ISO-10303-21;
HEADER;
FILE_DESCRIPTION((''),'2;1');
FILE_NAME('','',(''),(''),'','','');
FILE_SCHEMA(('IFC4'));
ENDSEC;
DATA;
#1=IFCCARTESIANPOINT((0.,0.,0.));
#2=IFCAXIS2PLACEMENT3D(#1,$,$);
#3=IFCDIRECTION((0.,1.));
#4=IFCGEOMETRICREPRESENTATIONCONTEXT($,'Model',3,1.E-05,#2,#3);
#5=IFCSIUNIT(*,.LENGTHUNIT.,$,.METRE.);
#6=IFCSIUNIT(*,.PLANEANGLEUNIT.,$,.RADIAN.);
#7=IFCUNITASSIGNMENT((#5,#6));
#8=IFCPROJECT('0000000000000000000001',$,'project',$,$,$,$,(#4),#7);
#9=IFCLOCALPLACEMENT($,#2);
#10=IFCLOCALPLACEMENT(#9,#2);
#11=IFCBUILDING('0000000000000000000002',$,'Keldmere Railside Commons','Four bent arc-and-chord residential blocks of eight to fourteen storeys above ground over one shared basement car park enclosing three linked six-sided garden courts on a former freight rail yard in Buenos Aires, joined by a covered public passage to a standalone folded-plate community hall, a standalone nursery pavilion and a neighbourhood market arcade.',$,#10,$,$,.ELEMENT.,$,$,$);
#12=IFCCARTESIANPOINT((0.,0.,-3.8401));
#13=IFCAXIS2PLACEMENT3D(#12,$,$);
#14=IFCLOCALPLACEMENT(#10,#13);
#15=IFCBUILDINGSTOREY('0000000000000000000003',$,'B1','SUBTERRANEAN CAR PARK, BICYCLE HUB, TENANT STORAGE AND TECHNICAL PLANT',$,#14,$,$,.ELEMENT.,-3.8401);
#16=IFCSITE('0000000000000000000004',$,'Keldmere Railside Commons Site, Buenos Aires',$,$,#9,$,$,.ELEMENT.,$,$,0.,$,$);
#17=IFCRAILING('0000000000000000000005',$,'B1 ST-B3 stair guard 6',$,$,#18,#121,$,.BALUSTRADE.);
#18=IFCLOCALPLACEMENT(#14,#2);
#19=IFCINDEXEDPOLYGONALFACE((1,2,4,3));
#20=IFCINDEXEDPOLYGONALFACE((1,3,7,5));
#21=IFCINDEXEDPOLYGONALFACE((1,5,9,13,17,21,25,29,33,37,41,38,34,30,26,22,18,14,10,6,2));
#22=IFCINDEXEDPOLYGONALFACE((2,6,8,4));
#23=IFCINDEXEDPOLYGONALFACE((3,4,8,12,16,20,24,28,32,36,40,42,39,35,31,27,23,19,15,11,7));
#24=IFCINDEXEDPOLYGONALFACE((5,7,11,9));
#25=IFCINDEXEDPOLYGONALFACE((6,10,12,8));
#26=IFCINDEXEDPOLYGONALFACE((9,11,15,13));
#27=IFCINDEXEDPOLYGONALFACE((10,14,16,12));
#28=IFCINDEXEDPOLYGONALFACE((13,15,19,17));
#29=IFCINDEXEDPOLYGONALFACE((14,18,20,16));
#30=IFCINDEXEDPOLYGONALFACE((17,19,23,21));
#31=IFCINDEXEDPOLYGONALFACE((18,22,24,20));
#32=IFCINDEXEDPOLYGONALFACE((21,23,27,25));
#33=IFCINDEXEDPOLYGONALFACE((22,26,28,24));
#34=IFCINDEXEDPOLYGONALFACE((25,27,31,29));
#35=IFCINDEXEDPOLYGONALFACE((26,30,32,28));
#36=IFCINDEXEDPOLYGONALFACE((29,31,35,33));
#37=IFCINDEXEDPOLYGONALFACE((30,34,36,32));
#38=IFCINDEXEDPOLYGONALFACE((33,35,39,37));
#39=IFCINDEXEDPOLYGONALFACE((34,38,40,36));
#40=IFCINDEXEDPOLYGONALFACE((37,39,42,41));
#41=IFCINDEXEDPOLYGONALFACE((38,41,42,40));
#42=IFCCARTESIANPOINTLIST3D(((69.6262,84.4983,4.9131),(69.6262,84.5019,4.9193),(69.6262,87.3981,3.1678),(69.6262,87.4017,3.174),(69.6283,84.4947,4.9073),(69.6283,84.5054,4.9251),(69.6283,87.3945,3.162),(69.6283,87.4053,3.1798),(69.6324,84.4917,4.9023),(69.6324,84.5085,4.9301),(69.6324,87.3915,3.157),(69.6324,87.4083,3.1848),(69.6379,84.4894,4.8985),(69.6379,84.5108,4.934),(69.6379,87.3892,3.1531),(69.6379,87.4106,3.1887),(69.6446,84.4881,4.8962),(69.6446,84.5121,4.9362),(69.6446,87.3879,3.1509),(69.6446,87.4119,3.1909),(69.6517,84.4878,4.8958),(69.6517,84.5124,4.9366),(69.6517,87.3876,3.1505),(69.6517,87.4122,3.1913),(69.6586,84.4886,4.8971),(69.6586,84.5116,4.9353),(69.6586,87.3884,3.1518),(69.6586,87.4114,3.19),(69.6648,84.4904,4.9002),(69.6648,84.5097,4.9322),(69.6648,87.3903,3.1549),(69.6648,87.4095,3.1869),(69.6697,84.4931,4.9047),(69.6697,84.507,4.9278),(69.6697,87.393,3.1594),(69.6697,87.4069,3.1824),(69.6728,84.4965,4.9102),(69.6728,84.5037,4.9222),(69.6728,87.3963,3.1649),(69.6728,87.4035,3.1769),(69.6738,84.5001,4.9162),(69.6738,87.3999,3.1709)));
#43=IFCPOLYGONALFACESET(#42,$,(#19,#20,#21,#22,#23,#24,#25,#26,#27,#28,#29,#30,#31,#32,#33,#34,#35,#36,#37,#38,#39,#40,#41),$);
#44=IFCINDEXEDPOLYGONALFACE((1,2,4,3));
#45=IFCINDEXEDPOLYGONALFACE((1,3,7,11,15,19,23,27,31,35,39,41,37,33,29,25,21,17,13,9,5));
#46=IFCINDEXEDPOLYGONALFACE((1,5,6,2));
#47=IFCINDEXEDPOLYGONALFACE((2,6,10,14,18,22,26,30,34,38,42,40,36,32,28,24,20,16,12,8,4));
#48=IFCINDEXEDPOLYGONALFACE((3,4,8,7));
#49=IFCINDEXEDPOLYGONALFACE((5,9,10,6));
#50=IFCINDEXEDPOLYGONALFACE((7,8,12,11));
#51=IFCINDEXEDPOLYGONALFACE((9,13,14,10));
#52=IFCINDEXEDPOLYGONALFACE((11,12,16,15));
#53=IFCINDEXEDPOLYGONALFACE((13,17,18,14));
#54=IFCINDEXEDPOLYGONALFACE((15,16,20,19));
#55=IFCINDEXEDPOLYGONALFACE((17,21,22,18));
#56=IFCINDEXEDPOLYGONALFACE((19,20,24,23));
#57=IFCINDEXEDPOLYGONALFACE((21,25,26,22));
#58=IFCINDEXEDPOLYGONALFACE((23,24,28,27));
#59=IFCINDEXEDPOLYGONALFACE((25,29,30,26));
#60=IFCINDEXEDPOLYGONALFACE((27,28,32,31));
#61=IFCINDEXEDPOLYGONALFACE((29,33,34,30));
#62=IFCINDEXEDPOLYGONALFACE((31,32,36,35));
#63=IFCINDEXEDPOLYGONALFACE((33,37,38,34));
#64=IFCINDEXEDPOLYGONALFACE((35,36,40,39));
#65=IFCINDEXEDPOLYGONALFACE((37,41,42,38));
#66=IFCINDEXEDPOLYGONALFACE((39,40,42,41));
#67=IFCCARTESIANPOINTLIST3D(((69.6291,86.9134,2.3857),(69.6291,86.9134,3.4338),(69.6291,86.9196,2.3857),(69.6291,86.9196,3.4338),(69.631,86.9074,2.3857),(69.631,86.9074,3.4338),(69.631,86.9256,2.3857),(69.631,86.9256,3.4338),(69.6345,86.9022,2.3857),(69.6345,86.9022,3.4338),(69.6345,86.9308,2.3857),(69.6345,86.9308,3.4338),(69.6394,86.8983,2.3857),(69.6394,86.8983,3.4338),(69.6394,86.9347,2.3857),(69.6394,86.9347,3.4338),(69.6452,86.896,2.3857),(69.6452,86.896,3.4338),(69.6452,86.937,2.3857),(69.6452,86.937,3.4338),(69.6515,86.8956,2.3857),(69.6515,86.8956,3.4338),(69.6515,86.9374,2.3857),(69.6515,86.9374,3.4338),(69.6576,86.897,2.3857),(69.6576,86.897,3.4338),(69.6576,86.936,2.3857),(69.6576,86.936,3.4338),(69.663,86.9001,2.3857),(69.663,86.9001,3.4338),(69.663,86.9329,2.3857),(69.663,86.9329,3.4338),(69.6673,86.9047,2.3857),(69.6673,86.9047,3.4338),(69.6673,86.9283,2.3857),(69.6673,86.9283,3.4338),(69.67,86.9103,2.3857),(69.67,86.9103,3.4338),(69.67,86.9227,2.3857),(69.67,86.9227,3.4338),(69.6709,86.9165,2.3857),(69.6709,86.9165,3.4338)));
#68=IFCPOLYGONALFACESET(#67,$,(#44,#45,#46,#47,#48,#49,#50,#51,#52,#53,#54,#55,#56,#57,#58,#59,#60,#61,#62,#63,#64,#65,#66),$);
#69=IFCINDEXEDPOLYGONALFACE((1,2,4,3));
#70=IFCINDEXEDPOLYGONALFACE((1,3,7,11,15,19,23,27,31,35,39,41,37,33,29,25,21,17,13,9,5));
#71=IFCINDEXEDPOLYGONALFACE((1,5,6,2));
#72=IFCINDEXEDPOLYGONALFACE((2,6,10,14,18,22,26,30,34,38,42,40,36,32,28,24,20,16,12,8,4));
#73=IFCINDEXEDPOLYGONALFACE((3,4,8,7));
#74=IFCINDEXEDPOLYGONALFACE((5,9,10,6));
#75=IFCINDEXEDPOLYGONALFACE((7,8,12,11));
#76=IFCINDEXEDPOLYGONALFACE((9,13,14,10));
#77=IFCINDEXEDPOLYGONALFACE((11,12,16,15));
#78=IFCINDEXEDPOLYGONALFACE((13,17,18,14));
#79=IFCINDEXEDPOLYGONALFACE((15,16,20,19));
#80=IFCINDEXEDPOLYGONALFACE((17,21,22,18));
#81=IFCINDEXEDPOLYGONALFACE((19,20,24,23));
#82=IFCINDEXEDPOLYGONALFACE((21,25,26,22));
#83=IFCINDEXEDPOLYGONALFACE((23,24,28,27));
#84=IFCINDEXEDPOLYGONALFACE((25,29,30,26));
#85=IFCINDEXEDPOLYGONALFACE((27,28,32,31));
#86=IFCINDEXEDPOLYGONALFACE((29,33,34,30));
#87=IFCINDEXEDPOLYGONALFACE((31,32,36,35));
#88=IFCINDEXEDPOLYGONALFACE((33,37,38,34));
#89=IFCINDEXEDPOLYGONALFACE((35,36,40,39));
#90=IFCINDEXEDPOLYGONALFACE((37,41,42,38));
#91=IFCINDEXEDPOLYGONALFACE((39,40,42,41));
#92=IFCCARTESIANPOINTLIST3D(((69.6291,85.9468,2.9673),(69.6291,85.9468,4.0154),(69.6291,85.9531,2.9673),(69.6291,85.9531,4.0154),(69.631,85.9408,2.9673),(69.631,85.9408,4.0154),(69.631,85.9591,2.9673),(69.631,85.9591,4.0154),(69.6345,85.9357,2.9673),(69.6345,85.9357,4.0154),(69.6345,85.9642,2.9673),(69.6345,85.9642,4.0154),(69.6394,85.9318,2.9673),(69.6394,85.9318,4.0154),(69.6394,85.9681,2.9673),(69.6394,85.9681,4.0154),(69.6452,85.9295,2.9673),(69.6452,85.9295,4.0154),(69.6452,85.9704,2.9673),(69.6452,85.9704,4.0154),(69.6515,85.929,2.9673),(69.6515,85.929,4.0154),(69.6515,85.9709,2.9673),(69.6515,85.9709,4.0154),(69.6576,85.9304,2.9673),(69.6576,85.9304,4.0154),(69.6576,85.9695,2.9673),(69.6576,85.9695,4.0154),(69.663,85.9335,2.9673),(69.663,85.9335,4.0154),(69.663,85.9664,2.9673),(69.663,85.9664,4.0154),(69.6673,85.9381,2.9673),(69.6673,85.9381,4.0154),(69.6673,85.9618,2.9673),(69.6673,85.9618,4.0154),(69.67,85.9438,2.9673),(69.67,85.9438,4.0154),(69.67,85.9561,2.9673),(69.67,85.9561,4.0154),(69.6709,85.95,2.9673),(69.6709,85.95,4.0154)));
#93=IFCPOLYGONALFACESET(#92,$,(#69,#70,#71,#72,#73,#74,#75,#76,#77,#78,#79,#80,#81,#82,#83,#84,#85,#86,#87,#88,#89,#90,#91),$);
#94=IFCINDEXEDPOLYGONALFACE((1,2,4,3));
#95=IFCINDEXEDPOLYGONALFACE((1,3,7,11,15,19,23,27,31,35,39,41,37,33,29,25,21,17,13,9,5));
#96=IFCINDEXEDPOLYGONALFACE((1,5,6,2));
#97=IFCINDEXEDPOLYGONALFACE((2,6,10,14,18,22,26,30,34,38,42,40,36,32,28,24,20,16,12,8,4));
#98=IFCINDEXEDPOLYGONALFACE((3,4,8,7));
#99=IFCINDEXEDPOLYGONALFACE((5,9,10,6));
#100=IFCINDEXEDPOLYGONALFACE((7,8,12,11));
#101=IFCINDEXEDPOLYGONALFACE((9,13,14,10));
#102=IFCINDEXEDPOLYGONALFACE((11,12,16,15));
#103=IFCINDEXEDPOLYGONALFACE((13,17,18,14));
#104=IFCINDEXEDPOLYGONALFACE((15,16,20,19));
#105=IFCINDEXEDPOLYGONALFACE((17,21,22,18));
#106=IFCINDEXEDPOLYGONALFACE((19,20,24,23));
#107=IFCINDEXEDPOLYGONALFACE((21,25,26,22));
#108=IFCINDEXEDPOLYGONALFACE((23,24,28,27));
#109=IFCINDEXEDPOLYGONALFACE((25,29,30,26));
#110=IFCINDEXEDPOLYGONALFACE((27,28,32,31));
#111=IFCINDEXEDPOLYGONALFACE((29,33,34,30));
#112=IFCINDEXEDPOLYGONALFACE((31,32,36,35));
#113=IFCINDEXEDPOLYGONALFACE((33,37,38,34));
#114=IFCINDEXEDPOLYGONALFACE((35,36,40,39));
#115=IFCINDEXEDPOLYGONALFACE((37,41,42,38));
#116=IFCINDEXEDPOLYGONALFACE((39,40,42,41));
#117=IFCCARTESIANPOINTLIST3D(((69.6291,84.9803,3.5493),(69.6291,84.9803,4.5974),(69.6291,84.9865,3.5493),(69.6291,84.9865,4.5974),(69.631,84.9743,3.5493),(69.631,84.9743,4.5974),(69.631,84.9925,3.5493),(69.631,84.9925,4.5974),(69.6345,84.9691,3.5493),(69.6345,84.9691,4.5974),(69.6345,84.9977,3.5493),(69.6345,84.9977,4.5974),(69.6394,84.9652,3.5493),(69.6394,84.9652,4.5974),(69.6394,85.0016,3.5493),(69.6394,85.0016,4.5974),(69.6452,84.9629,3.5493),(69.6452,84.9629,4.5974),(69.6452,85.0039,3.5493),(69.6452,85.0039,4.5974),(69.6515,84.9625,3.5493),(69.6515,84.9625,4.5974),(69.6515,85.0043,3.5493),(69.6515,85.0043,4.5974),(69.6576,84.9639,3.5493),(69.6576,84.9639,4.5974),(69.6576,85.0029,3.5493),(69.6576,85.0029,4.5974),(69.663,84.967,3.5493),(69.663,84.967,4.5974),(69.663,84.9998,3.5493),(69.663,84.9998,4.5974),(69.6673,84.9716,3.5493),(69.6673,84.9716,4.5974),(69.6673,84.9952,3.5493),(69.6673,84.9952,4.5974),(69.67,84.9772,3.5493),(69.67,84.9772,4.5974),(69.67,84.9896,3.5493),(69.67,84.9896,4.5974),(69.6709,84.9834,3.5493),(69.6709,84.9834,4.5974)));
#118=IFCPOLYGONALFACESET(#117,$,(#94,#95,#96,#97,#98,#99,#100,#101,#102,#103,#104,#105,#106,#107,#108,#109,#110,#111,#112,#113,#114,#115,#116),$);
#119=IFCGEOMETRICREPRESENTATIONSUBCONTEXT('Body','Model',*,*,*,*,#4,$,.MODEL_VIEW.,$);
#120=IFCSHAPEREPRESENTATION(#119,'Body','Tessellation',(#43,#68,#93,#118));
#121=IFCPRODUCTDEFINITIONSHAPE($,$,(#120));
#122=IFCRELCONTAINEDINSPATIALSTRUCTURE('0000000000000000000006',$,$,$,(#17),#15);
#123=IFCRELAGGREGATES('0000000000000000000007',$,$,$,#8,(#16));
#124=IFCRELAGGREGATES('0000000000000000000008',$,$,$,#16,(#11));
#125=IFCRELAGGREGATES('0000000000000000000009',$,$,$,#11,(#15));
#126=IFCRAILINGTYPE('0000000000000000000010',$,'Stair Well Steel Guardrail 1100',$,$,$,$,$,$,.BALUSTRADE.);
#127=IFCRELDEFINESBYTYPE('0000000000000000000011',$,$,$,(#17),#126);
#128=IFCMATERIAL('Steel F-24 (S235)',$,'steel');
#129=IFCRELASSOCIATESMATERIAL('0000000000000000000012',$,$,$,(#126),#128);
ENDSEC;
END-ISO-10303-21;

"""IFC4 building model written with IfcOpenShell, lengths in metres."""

from ifc_helpers import new_model, si_unit, direction, frame, origin, origin_2d, place, context, subcontext, project, spatial, circle, extrude, material, type_object, element, save


model = new_model("IFC4")

# Units and contexts
model_context = context("Model", 3, precision=1e-05, world=origin(), true_north=direction((0.0, 1.0)))
body_context = subcontext(model_context, "Body", "Model", "MODEL_VIEW")
ifc_project = project(units=[si_unit("LENGTHUNIT", "METRE"), si_unit("PLANEANGLEUNIT", "RADIAN")], contexts=[model_context])

# Site, building, storey
site_placement = place(None, origin())
site = spatial("IfcSite", under=ifc_project, at=site_placement, Name="Keldmere Railside Commons Site, Buenos Aires", CompositionType="ELEMENT", RefElevation=0.0)
building_placement = place(site_placement, origin())
building = spatial("IfcBuilding", under=site, at=building_placement, Name="Keldmere Railside Commons", Description="Four bent arc-and-chord residential blocks of eight to fourteen storeys above ground over one shared basement car park enclosing three linked six-sided garden courts on a former freight rail yard in Buenos Aires, joined by a covered public passage to a standalone folded-plate community hall, a standalone nursery pavilion and a neighbourhood market arcade.", CompositionType="ELEMENT")
storey_placement = place(building_placement, frame((0.0, 0.0, -3.8401)))
storey = spatial("IfcBuildingStorey", under=building, at=storey_placement, Name="B1", Description="SUBTERRANEAN CAR PARK, BICYCLE HUB, TENANT STORAGE AND TECHNICAL PLANT", CompositionType="ELEMENT", Elevation=-3.8401)

# Shared definitions
ifc_material_1 = material(Name="Steel F-24 (S235)", Category="steel")

# Railing
railing_type_1 = type_object("IfcRailingType", Name="Stair Well Steel Guardrail 1100", PredefinedType="BALUSTRADE", material=ifc_material_1)
railing_1_placement = place(storey_placement, frame((69.6499, 87.3999, 2.0947)))
element("IfcRailing", 1, at=railing_1_placement, inside=storey, type_object=railing_type_1, Name="B1 ST-B3 stair guard 6", PredefinedType="BALUSTRADE", context=body_context, shape_type="SweptSolid", body=[
    extrude(circle(Radius=0.0239, at=origin_2d()), frame((0.0, 0.0, 1.0762), z_axis=(0.0, -0.856786, 0.515673), x_axis=(1.0, 0.0, 0.0)), (0.0, 0.0, 1.0), 3.3845),
    extrude(circle(Radius=0.021, at=origin_2d()), frame((0.0, -0.4834, 0.291)), (0.0, 0.0, 1.0), 1.0481),
    extrude(circle(Radius=0.021, at=origin_2d()), frame((0.0, -1.45, 0.8726)), (0.0, 0.0, 1.0), 1.0481),
    extrude(circle(Radius=0.021, at=origin_2d()), frame((0.0, -2.4165, 1.4546)), (0.0, 0.0, 1.0), 1.0481),
])

save(model, "model.ifc")
